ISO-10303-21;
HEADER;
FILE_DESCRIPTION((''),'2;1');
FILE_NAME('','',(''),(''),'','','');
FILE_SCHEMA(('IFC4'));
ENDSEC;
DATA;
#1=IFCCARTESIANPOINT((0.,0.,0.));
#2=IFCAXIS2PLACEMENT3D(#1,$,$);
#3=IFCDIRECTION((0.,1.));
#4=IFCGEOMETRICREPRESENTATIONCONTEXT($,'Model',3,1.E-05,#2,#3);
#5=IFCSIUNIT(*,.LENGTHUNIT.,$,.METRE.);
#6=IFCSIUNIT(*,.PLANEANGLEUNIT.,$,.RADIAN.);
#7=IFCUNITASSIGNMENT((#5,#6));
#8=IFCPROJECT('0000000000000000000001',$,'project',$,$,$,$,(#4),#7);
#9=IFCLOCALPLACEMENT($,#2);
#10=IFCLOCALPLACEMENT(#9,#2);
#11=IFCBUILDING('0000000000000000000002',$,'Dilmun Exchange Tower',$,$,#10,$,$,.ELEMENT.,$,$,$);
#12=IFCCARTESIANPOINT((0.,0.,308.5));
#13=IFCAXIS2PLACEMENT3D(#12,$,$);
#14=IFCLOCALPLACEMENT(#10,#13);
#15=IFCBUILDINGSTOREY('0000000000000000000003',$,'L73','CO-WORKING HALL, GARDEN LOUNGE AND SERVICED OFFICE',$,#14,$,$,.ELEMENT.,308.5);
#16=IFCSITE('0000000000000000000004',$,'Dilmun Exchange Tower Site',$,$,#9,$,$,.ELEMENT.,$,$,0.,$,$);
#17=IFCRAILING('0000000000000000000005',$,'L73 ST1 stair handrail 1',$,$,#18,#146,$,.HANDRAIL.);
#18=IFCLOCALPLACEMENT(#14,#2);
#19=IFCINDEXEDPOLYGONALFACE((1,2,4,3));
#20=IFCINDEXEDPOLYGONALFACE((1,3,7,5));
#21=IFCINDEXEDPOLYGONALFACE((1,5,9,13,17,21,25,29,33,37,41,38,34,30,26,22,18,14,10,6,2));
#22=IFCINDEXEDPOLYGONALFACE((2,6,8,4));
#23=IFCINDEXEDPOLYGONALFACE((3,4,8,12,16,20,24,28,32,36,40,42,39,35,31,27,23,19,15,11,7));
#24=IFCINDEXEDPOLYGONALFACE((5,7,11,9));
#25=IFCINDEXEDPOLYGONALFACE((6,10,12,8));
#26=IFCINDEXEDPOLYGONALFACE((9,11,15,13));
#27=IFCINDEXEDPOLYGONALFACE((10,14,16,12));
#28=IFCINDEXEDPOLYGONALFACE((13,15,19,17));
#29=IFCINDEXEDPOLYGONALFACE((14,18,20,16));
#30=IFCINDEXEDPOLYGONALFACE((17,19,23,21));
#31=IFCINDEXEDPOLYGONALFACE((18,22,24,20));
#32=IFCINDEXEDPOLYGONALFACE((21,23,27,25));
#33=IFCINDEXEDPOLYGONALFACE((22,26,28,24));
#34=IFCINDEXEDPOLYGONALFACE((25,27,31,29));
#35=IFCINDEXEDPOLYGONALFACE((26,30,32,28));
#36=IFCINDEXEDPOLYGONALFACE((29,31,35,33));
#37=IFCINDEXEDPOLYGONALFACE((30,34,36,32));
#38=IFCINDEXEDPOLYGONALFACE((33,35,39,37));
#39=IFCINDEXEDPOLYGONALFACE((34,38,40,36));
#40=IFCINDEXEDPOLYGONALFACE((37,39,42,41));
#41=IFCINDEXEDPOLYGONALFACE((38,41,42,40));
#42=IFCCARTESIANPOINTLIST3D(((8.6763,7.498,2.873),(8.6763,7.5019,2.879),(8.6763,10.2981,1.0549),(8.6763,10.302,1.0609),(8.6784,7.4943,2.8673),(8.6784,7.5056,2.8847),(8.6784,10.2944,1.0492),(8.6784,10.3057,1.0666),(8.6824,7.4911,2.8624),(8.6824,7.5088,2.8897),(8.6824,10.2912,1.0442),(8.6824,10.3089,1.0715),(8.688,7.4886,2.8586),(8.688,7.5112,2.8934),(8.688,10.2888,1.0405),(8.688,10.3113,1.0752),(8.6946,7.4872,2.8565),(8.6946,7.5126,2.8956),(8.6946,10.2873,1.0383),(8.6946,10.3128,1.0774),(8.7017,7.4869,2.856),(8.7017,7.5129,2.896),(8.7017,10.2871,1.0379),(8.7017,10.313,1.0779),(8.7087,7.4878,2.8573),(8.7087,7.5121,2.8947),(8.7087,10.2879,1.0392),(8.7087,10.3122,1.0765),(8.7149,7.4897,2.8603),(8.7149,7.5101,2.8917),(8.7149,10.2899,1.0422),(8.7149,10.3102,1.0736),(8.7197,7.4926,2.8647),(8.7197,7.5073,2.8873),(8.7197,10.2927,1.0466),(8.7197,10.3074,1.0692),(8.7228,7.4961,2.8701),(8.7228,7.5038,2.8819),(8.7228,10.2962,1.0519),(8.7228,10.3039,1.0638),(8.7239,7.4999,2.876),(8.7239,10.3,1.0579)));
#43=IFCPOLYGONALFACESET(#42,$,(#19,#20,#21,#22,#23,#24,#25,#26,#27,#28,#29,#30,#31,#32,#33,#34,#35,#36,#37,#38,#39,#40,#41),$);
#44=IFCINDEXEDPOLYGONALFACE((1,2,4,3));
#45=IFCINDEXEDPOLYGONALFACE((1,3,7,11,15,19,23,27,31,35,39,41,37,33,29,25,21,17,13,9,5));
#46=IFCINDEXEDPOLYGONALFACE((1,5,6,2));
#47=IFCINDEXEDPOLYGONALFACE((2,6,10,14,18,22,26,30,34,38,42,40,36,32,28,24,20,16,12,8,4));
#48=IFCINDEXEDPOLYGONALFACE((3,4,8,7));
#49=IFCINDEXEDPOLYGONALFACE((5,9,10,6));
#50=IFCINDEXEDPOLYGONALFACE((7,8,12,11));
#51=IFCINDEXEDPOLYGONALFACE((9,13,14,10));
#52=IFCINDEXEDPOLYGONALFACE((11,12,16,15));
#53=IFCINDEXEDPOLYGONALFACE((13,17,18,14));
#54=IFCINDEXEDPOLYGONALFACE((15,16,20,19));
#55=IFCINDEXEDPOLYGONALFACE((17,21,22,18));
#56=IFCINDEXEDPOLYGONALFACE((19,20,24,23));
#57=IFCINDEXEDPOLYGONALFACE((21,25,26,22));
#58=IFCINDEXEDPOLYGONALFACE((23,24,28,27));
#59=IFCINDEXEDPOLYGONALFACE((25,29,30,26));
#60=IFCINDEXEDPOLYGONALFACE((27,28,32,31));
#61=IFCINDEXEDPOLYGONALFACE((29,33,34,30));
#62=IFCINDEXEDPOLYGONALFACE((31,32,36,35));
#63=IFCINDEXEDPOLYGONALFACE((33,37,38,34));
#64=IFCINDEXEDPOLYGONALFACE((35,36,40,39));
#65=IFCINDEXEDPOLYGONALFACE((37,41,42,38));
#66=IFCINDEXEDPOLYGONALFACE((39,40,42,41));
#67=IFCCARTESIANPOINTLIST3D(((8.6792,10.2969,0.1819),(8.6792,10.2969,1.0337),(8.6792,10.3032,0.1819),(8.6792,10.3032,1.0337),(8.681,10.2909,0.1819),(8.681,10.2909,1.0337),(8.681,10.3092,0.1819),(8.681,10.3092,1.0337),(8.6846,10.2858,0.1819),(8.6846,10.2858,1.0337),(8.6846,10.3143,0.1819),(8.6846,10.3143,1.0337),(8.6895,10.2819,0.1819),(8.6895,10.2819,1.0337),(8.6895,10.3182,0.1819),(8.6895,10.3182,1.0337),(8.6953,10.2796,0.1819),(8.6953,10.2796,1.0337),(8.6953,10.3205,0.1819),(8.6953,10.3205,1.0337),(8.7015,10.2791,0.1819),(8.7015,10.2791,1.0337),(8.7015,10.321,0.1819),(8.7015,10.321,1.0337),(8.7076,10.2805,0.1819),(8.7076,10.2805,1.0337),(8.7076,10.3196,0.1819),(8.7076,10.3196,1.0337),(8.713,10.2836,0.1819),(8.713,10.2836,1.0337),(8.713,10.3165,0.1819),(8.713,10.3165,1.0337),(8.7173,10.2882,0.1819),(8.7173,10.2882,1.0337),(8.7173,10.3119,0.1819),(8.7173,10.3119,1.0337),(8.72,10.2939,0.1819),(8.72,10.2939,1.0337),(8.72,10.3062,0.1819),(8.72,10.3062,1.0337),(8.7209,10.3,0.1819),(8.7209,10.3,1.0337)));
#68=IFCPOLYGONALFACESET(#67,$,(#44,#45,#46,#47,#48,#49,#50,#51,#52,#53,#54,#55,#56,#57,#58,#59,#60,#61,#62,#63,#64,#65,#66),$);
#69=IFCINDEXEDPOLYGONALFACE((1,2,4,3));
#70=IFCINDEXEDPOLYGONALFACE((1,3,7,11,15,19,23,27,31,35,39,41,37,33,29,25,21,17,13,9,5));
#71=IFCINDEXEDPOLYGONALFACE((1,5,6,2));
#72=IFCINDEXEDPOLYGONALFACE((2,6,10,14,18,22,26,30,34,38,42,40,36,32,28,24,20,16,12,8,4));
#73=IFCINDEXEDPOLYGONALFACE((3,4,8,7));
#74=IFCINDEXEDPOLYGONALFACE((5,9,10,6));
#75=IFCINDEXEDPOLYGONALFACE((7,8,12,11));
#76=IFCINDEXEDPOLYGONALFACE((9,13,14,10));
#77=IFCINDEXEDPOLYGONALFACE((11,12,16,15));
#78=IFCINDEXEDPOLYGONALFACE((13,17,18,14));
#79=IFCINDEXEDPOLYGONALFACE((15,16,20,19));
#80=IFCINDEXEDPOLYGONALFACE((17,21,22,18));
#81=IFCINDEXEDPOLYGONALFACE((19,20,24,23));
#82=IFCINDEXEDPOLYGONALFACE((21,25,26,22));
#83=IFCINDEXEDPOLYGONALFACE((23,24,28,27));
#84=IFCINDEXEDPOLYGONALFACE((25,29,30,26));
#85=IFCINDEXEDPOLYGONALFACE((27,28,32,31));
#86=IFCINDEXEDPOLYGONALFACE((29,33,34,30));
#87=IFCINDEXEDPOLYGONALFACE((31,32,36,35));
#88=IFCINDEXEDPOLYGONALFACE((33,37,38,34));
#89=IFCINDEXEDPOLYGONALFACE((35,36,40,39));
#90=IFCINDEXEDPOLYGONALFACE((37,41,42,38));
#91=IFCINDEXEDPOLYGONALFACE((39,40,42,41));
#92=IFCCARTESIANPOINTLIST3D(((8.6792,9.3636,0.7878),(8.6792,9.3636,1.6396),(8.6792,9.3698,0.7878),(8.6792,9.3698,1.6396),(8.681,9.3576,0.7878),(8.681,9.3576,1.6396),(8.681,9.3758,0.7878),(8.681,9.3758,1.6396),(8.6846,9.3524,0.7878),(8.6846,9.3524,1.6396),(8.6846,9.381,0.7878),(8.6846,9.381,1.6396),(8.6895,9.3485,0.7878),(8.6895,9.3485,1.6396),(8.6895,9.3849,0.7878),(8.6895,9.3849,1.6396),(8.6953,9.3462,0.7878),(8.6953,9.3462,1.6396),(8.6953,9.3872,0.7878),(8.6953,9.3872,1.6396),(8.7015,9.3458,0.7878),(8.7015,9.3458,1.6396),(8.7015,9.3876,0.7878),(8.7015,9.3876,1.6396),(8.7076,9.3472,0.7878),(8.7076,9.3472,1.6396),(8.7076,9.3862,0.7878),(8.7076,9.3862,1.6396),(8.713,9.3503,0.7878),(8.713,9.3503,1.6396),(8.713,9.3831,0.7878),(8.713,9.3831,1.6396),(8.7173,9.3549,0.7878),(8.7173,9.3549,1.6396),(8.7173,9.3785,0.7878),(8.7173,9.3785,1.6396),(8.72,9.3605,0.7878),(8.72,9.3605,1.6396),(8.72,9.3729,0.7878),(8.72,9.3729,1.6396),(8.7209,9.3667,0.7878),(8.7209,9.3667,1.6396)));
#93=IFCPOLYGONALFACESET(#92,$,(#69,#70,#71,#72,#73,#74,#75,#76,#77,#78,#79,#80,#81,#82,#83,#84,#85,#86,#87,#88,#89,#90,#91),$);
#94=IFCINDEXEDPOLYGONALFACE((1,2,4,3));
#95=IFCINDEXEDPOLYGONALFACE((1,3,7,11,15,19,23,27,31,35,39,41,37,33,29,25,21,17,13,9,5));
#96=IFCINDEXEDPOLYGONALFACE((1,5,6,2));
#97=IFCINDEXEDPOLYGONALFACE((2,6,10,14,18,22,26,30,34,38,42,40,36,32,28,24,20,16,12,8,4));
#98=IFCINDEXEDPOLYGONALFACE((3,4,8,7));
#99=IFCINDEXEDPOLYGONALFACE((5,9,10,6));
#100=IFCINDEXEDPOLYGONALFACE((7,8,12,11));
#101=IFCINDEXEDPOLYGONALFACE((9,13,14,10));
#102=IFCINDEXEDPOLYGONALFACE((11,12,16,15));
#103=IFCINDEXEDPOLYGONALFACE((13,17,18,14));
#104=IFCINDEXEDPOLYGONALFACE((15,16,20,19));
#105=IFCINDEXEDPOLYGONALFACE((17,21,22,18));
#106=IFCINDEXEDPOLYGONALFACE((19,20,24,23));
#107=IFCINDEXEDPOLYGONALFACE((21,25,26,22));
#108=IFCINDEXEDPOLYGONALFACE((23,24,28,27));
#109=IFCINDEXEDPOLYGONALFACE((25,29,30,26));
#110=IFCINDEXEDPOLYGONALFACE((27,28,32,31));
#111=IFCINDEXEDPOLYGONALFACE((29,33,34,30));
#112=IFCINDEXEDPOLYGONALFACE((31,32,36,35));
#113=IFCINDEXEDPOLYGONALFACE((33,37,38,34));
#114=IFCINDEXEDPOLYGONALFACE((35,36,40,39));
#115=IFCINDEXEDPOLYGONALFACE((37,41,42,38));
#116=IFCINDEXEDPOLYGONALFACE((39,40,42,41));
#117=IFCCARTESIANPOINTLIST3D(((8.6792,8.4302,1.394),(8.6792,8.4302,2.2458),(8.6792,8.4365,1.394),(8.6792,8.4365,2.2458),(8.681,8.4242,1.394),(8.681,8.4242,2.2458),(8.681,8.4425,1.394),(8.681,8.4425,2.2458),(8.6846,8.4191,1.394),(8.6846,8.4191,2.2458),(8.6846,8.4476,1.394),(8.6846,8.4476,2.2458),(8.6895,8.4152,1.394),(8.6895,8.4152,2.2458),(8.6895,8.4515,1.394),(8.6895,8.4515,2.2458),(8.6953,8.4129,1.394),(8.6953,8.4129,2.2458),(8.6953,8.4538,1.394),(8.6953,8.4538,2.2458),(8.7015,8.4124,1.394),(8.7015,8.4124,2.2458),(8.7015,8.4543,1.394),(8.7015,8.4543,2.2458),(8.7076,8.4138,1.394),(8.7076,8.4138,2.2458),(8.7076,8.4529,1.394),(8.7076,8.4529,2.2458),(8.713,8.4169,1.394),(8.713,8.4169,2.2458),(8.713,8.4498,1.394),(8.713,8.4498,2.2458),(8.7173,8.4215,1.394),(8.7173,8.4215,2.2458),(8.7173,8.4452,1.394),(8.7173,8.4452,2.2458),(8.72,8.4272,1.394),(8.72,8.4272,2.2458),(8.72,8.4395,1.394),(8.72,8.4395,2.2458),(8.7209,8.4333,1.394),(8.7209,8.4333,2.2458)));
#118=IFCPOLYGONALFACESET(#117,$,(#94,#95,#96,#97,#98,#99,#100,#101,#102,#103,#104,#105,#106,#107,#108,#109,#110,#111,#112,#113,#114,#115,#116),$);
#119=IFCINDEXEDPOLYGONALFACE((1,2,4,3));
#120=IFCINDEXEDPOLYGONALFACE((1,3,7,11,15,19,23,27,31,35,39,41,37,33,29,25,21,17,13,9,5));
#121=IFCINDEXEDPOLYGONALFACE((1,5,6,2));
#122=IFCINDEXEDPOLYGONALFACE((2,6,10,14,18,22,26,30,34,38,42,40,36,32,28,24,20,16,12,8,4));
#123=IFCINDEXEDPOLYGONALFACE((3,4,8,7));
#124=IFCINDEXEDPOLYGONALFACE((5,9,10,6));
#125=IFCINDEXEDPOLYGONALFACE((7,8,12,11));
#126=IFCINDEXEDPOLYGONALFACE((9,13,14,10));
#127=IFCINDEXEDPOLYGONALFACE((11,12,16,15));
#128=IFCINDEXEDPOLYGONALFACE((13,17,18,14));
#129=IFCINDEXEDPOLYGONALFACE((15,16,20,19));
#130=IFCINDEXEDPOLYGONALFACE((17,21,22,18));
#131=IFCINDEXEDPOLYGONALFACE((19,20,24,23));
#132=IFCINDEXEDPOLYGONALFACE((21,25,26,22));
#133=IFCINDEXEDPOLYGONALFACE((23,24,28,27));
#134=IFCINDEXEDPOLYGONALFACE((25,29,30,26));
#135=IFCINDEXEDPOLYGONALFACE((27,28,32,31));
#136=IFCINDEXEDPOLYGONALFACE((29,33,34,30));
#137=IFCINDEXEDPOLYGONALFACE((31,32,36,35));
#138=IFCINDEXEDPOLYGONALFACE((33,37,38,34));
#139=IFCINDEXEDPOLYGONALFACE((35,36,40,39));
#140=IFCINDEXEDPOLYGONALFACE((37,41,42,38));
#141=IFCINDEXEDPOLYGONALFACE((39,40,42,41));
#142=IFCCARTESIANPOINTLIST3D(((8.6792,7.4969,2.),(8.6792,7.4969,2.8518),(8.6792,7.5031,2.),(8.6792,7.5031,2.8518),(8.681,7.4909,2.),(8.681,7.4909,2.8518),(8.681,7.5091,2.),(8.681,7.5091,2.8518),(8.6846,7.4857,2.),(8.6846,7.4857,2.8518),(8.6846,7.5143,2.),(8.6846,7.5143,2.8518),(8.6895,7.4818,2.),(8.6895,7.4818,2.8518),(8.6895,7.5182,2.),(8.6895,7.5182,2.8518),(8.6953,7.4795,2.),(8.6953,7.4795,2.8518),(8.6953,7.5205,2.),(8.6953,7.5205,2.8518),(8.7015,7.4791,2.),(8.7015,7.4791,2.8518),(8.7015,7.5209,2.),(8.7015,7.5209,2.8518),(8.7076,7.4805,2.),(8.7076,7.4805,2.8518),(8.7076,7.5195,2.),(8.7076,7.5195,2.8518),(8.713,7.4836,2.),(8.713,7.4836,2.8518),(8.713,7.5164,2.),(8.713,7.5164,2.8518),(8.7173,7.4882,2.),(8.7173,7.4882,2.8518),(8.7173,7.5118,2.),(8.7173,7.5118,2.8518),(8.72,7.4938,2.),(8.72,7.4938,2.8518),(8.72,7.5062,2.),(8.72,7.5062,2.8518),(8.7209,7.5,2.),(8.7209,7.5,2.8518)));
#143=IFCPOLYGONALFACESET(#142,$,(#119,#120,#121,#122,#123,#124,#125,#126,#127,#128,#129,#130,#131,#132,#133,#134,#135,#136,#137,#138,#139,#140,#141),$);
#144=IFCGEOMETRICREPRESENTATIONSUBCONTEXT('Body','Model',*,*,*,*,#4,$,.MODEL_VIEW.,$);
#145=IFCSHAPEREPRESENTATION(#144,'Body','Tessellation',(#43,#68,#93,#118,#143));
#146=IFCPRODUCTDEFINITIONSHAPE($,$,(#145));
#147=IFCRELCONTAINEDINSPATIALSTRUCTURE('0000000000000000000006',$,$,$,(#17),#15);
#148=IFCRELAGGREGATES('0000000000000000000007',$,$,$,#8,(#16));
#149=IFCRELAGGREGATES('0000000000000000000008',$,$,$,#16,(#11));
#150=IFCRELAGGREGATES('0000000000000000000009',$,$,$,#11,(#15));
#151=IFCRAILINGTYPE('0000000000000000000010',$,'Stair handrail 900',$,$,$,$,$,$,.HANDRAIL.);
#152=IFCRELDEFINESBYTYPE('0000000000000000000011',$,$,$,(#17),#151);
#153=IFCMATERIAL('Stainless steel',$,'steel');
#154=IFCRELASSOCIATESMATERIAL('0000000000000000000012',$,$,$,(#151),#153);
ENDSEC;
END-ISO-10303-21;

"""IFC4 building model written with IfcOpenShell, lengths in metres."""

from ifc_helpers import new_model, si_unit, direction, frame, origin, origin_2d, place, context, subcontext, project, spatial, circle, extrude, material, type_object, element, save


model = new_model("IFC4")

# Units and contexts
model_context = context("Model", 3, precision=1e-05, world=origin(), true_north=direction((0.0, 1.0)))
body_context = subcontext(model_context, "Body", "Model", "MODEL_VIEW")
ifc_project = project(units=[si_unit("LENGTHUNIT", "METRE"), si_unit("PLANEANGLEUNIT", "RADIAN")], contexts=[model_context])

# Site, building, storey
site_placement = place(None, origin())
site = spatial("IfcSite", under=ifc_project, at=site_placement, Name="Dilmun Exchange Tower Site", CompositionType="ELEMENT", RefElevation=0.0)
building_placement = place(site_placement, origin())
building = spatial("IfcBuilding", under=site, at=building_placement, Name="Dilmun Exchange Tower", CompositionType="ELEMENT")
storey_placement = place(building_placement, frame((0.0, 0.0, 308.5)))
storey = spatial("IfcBuildingStorey", under=building, at=storey_placement, Name="L73", Description="CO-WORKING HALL, GARDEN LOUNGE AND SERVICED OFFICE", CompositionType="ELEMENT", Elevation=308.5)

# Railing
ifc_material_1 = material(Name="Stainless steel", Category="steel")
railing_type = type_object("IfcRailingType", Name="Stair handrail 900", PredefinedType="HANDRAIL", material=ifc_material_1)
railing_1_placement = place(storey_placement, frame((8.7, 10.3, 0.1819)))
element("IfcRailing", 1, at=railing_1_placement, inside=storey, type_object=railing_type, Name="L73 ST1 stair handrail 1", PredefinedType="HANDRAIL", context=body_context, shape_type="SweptSolid", body=[
    extrude(circle(Radius=0.0239, at=origin_2d()), frame((0.0, 0.0, 0.876), z_axis=(0.0, -0.838706, 0.544585), x_axis=(1.0, 0.0, 0.0)), (0.0, 0.0, 1.0), 3.3386),
    extrude(circle(Radius=0.021, at=origin_2d()), origin(), (0.0, 0.0, 1.0), 0.8518),
    extrude(circle(Radius=0.021, at=origin_2d()), frame((0.0, -0.9333, 0.606)), (0.0, 0.0, 1.0), 0.8518),
    extrude(circle(Radius=0.021, at=origin_2d()), frame((0.0, -1.8667, 1.2122)), (0.0, 0.0, 1.0), 0.8518),
    extrude(circle(Radius=0.021, at=origin_2d()), frame((0.0, -2.8, 1.8181)), (0.0, 0.0, 1.0), 0.8518),
])

save(model, "model.ifc")
